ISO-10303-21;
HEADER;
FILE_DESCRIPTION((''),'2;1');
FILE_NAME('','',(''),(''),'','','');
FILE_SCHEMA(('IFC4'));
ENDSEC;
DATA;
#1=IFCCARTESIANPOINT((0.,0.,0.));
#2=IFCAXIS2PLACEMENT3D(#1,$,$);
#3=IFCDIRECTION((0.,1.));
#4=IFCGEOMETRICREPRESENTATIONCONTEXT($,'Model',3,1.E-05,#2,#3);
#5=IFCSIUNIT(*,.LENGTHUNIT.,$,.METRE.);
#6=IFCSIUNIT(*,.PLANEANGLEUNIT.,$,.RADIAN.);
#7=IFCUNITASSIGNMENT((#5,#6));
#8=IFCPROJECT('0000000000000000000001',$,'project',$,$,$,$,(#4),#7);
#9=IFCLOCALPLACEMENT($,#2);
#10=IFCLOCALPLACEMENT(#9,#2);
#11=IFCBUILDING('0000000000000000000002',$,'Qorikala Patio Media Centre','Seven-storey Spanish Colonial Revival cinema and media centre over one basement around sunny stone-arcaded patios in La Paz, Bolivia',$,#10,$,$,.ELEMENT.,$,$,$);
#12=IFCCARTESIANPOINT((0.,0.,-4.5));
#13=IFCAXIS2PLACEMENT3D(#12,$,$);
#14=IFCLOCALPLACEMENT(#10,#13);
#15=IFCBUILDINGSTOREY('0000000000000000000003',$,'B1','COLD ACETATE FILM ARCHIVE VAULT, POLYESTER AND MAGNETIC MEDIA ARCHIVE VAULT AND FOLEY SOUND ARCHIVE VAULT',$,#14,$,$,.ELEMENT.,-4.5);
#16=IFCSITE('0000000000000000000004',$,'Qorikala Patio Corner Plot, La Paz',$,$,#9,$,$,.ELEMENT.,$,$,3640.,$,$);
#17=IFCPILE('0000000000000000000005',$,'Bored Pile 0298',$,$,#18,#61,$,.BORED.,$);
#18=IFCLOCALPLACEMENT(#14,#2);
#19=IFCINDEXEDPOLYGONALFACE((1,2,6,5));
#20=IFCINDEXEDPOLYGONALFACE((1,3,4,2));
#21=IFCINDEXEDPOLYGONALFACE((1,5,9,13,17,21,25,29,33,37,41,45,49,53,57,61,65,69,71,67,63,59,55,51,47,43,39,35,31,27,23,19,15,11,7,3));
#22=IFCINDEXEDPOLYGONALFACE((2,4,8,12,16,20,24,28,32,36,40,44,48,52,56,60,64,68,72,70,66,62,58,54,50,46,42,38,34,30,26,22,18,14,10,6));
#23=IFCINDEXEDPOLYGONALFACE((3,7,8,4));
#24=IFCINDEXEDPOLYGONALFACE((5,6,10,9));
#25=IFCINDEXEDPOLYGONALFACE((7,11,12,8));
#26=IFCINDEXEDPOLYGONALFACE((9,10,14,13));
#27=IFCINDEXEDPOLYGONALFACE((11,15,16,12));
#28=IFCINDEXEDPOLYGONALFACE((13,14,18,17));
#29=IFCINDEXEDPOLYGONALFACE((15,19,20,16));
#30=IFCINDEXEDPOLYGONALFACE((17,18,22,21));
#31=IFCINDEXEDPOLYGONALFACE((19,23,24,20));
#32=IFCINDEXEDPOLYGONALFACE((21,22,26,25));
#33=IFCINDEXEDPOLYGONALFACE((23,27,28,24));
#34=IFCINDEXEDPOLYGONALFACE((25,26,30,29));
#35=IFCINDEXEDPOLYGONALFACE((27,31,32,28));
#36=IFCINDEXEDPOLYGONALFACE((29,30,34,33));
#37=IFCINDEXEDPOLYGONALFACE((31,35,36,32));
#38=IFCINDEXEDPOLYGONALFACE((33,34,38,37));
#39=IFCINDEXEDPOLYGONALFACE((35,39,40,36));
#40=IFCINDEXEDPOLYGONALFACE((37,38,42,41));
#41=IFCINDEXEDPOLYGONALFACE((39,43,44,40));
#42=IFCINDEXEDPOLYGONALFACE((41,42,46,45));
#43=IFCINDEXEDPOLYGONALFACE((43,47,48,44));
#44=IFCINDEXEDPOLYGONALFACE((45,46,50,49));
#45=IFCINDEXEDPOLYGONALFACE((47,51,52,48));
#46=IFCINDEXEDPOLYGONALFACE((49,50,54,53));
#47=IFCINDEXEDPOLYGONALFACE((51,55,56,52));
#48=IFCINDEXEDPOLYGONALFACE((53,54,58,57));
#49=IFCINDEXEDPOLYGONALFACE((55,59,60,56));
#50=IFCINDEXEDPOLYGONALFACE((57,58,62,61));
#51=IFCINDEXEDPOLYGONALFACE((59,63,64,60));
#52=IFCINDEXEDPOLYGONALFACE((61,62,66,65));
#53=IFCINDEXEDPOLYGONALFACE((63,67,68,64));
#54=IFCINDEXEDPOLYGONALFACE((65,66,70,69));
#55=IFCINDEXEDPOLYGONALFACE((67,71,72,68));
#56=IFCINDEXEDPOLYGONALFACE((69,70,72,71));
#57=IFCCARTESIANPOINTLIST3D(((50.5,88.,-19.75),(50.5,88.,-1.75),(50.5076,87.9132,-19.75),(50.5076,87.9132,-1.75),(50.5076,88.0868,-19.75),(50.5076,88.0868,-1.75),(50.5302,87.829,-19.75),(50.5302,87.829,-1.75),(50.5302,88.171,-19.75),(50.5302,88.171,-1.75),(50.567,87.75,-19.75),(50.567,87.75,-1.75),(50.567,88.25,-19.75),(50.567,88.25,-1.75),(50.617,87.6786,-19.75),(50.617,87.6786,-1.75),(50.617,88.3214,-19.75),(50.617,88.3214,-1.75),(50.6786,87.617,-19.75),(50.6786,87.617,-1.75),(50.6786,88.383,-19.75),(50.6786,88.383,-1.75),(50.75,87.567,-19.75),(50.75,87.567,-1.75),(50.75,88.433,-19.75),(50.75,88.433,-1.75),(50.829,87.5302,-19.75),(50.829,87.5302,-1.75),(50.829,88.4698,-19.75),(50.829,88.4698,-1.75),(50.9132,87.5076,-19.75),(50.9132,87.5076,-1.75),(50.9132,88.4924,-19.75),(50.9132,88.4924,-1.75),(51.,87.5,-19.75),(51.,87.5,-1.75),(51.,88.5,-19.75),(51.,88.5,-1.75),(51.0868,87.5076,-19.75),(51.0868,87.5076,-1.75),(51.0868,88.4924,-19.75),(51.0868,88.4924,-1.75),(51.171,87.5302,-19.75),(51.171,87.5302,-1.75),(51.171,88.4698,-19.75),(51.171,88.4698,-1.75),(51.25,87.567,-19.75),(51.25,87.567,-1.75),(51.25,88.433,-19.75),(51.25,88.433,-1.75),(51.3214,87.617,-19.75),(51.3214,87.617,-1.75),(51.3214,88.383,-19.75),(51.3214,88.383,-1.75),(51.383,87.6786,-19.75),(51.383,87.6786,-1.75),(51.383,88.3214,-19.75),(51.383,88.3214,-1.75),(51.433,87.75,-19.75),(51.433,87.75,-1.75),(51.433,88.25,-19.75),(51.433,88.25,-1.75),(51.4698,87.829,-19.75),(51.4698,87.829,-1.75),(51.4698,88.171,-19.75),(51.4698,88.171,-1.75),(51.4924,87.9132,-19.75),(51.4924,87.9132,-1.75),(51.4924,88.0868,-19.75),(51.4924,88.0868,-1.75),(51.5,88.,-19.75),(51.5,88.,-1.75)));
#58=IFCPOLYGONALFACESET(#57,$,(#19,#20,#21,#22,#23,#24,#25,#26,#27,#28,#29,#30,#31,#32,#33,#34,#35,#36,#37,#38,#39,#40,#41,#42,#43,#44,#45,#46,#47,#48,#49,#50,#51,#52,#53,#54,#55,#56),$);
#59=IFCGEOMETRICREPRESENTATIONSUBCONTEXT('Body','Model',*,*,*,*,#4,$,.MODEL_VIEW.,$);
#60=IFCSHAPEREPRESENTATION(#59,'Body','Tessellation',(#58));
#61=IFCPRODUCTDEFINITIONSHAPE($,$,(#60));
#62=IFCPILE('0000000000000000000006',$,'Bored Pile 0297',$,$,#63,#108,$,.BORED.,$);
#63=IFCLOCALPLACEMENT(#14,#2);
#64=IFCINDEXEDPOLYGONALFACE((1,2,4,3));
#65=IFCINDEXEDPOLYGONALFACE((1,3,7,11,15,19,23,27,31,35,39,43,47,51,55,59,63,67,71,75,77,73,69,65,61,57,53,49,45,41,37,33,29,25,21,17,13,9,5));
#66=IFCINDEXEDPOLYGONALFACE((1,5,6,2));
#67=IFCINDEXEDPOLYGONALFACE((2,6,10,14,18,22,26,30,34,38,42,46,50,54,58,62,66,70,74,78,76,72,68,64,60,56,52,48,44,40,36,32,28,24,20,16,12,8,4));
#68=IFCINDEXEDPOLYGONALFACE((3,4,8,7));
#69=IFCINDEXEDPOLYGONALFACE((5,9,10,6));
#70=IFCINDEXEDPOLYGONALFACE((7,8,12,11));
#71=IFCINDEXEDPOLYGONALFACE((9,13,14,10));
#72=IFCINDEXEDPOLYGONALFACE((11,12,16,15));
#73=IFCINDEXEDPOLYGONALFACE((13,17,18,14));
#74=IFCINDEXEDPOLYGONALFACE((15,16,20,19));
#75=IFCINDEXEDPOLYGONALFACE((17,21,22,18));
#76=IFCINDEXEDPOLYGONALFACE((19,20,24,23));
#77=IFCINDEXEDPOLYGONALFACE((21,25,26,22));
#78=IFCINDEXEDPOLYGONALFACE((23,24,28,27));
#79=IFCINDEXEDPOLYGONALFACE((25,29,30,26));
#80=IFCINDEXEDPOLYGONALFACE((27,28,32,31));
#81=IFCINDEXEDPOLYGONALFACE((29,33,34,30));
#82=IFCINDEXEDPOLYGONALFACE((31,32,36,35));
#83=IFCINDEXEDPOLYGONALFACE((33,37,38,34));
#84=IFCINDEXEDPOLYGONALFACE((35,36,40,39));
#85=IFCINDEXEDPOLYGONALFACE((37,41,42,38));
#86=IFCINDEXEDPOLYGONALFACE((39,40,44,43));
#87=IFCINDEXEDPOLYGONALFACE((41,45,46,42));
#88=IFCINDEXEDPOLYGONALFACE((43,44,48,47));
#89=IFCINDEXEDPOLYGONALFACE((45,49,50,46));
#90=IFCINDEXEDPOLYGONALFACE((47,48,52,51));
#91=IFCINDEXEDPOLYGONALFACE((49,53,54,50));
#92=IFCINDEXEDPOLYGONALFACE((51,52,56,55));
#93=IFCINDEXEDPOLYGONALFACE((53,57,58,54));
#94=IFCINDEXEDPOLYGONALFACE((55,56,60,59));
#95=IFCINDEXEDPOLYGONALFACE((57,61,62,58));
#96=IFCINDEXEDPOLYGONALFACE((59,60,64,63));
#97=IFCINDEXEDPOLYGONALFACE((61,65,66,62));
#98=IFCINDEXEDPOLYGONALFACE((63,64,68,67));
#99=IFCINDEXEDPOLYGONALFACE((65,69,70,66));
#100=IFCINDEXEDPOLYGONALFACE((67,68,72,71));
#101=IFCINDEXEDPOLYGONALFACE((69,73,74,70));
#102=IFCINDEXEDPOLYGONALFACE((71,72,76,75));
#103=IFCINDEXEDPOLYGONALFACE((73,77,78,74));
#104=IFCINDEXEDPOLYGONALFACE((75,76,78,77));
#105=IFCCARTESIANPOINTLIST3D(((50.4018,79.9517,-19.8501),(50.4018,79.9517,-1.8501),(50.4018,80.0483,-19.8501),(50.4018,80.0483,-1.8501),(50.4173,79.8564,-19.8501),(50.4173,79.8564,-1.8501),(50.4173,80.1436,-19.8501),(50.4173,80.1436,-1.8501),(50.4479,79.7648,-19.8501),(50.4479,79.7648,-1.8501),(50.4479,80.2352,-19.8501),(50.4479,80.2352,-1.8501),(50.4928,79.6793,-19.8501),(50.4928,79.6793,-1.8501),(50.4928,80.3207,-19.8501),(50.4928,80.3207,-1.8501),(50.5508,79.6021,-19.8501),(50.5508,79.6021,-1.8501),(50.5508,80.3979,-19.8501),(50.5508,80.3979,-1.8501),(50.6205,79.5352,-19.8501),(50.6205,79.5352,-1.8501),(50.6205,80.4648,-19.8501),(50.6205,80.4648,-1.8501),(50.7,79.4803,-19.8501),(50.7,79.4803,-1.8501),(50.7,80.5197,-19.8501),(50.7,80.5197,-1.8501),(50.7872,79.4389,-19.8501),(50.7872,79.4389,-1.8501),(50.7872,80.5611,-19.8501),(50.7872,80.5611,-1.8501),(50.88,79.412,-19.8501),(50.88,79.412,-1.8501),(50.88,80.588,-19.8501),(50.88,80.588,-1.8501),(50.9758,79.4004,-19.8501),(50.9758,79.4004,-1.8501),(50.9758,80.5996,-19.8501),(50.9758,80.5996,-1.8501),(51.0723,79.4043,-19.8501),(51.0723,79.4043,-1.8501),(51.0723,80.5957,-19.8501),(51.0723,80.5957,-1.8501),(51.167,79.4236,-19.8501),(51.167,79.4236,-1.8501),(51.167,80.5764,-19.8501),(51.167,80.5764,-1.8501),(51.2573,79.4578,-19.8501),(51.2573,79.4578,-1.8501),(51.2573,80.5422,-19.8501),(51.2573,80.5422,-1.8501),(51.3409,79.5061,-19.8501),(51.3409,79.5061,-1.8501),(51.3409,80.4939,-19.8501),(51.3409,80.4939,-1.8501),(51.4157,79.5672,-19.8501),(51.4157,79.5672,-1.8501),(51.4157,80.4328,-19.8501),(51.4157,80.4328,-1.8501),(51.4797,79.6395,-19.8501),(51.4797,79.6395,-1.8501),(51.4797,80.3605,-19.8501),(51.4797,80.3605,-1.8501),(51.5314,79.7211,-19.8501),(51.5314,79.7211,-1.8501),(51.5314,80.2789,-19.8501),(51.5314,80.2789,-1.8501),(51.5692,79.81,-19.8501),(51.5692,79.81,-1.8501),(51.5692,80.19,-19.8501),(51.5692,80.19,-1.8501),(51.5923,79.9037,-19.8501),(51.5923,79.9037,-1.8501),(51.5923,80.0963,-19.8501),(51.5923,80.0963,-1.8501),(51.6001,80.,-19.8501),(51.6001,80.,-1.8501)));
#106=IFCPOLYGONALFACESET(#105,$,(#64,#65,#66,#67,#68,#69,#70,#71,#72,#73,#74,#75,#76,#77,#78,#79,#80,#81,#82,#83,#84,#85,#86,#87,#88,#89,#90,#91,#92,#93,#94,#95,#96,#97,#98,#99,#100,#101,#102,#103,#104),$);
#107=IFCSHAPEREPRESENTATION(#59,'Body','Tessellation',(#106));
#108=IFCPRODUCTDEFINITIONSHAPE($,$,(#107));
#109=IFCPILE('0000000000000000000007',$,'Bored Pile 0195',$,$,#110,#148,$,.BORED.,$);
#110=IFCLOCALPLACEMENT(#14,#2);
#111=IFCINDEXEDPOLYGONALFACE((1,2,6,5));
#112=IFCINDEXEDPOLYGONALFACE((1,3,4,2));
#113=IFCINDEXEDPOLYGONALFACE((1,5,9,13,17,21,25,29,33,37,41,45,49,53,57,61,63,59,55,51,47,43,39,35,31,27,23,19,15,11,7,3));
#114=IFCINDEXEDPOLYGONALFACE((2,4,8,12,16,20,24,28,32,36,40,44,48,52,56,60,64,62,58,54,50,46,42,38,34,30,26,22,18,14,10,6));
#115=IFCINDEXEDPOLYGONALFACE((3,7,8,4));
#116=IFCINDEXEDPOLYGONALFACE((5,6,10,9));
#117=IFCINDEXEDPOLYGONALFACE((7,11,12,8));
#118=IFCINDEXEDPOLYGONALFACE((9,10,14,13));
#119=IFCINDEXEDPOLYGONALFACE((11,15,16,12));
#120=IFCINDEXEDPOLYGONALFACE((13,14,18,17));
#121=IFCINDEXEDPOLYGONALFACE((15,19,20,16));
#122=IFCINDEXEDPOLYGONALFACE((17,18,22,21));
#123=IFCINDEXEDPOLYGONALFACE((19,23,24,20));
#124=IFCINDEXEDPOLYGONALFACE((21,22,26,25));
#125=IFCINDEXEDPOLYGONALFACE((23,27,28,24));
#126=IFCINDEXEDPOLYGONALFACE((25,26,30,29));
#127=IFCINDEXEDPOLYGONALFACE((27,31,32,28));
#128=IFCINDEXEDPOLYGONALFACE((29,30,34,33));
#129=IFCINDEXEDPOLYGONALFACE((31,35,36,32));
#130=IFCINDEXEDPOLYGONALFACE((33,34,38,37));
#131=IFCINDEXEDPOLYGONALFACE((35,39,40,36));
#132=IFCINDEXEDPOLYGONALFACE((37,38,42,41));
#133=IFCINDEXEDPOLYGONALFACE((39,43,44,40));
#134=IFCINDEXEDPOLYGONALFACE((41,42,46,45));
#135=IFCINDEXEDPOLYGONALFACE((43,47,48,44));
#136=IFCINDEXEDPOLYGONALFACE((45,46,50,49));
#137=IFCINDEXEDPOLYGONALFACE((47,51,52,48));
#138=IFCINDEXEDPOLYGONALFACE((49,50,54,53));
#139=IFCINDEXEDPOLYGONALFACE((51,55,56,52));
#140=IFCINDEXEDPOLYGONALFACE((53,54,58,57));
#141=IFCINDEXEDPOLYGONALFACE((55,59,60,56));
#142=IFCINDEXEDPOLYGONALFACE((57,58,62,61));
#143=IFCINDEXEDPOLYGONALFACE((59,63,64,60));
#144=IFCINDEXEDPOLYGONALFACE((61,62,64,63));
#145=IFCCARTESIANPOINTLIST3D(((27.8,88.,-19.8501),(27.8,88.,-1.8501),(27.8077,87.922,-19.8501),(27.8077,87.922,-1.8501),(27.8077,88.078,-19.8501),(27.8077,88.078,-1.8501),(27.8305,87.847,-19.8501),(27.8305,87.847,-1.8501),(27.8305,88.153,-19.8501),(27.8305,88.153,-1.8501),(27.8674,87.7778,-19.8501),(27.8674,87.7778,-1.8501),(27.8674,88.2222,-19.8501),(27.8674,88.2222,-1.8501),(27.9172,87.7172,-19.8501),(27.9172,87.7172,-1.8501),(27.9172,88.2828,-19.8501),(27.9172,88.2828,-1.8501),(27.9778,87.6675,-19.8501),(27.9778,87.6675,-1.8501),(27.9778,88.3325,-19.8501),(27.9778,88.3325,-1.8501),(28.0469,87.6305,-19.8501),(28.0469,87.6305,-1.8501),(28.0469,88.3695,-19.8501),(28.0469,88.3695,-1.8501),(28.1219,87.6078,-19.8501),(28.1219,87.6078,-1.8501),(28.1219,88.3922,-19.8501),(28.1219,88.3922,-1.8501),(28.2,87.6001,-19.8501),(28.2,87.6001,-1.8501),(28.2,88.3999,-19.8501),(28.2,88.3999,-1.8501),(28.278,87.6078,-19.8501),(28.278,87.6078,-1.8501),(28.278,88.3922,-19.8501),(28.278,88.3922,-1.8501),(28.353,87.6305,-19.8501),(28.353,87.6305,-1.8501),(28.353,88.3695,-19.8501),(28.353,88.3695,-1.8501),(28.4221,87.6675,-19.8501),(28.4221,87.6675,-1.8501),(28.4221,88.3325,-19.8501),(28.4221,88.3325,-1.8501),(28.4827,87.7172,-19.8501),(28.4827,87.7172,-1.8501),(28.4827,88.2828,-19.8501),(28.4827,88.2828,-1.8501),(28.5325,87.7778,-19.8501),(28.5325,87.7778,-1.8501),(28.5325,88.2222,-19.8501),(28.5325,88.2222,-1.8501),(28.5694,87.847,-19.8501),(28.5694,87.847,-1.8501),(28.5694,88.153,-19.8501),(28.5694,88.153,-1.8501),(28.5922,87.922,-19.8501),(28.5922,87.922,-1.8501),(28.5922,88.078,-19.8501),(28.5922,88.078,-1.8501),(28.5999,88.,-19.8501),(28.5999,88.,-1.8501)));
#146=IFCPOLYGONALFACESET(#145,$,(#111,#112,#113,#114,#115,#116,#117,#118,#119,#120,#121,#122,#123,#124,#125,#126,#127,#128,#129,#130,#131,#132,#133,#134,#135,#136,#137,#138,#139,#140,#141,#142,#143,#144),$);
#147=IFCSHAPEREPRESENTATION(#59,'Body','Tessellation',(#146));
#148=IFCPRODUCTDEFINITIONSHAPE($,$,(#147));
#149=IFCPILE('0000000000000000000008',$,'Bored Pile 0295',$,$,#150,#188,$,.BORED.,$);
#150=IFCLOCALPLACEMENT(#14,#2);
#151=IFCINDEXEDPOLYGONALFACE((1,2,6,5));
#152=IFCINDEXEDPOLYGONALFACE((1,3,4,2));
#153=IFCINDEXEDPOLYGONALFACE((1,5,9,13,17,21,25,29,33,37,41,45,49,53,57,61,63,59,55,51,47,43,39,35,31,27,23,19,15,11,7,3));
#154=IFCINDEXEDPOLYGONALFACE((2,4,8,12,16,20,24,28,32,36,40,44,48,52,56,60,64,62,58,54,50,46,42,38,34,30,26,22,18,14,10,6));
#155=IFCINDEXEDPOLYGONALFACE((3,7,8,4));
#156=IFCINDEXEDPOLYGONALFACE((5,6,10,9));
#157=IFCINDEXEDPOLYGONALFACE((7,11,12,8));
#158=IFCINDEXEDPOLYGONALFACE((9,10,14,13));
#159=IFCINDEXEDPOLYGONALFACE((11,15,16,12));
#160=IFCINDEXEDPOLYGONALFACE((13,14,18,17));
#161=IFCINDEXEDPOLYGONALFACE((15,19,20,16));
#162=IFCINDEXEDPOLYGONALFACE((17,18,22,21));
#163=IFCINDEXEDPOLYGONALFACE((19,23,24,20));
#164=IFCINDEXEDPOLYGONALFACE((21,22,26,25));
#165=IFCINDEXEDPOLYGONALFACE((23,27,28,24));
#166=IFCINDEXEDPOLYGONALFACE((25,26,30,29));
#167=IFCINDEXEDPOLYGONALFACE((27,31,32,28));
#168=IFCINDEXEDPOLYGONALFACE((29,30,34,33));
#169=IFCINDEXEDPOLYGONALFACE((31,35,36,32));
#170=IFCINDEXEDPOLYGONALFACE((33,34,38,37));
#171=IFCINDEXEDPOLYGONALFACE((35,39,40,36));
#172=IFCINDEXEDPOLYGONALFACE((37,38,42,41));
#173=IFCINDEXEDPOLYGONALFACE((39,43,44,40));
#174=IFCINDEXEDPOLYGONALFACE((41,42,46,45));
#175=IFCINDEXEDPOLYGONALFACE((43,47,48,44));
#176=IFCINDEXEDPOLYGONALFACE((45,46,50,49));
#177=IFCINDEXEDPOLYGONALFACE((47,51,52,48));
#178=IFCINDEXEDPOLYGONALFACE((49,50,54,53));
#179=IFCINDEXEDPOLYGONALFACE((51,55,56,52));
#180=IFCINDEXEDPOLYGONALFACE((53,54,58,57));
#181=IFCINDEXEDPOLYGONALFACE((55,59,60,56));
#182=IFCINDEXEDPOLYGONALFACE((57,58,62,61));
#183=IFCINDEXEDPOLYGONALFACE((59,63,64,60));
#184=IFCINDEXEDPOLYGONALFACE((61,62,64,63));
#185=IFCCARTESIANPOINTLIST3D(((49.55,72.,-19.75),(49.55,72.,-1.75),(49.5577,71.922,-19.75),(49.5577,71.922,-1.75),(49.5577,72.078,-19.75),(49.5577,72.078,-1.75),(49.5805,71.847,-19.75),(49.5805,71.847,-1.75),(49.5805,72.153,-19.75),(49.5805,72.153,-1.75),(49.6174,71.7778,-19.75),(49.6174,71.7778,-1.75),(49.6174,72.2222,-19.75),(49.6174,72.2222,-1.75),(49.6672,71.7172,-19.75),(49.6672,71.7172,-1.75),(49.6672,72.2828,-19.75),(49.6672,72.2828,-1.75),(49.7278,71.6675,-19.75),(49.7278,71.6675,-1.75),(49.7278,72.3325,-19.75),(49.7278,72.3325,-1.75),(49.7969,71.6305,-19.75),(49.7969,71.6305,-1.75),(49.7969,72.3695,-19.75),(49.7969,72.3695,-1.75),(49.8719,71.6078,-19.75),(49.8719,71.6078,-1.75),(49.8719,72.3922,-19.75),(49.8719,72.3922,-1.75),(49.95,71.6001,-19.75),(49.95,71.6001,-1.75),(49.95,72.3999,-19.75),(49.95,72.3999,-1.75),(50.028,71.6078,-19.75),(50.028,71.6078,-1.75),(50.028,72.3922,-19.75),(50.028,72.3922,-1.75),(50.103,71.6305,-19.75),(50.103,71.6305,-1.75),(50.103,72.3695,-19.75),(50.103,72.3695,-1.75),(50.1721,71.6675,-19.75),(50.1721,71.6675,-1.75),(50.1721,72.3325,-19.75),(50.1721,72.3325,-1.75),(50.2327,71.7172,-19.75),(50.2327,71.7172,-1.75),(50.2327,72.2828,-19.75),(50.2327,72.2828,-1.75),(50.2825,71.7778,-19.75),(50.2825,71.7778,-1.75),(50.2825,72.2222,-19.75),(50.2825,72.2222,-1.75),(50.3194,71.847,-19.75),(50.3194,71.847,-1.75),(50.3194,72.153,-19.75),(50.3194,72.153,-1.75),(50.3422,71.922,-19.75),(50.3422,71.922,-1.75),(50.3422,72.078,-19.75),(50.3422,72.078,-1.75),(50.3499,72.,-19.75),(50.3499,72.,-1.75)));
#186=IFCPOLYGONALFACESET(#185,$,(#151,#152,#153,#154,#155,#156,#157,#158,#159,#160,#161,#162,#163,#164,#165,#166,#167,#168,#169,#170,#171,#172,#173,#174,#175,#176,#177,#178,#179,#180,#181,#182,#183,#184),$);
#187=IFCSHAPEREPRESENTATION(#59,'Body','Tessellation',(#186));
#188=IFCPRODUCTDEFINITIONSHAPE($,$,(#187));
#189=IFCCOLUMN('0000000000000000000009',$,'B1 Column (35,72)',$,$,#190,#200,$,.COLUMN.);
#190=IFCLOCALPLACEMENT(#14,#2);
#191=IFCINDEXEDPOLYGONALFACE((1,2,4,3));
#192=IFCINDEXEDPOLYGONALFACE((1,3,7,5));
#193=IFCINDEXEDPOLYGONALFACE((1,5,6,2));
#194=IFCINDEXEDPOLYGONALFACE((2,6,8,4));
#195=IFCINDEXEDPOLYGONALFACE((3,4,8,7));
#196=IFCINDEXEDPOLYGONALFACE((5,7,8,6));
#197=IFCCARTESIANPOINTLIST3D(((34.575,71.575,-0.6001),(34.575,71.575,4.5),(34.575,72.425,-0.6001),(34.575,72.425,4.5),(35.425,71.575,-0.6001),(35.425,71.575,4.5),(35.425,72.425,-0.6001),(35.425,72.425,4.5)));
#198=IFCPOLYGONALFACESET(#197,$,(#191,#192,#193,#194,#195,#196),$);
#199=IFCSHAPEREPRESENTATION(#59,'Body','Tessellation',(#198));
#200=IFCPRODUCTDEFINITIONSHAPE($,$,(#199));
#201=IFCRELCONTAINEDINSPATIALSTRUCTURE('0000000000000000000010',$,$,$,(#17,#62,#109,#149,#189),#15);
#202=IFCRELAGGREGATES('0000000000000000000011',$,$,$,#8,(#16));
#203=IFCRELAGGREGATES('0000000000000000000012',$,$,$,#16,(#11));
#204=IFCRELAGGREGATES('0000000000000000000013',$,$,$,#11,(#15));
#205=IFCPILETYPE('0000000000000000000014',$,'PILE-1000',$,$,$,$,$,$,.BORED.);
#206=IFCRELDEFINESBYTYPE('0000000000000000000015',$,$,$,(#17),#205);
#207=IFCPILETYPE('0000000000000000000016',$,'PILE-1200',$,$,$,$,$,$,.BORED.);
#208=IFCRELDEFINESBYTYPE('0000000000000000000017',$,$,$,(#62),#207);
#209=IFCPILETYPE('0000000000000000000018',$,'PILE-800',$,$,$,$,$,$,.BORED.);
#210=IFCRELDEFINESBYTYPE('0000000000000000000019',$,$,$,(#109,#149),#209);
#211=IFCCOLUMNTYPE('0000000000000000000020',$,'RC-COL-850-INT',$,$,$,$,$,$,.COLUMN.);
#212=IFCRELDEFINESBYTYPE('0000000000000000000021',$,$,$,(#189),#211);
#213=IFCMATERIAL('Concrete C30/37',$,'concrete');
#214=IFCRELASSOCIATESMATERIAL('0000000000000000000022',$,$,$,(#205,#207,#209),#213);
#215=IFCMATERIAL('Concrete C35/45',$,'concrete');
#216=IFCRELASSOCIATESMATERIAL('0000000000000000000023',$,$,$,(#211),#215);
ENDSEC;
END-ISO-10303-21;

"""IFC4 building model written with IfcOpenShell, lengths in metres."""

from ifc_helpers import new_model, si_unit, direction, frame, origin, origin_2d, place, context, subcontext, project, spatial, rectangle, circle, extrude, material, material_profile, profile_set, type_object, element, save


model = new_model("IFC4")

# Units and contexts
model_context = context("Model", 3, precision=1e-05, world=origin(), true_north=direction((0.0, 1.0)))
body_context = subcontext(model_context, "Body", "Model", "MODEL_VIEW")
ifc_project = project(units=[si_unit("LENGTHUNIT", "METRE"), si_unit("PLANEANGLEUNIT", "RADIAN")], contexts=[model_context])

# Site, building, storey
site_placement = place(None, origin())
site = spatial("IfcSite", under=ifc_project, at=site_placement, Name="Qorikala Patio Corner Plot, La Paz", CompositionType="ELEMENT", RefElevation=3640.0)
building_placement = place(site_placement, origin())
building = spatial("IfcBuilding", under=site, at=building_placement, Name="Qorikala Patio Media Centre", Description="Seven-storey Spanish Colonial Revival cinema and media centre over one basement around sunny stone-arcaded patios in La Paz, Bolivia", CompositionType="ELEMENT")
storey_placement = place(building_placement, frame((0.0, 0.0, -4.5)))
storey = spatial("IfcBuildingStorey", under=building, at=storey_placement, Name="B1", Description="COLD ACETATE FILM ARCHIVE VAULT, POLYESTER AND MAGNETIC MEDIA ARCHIVE VAULT AND FOLEY SOUND ARCHIVE VAULT", CompositionType="ELEMENT", Elevation=-4.5)

# Shared definitions
ifc_material_1 = material(Name="Concrete C30/37", Category="concrete")

# Piles
ifc_material_profile_1 = material_profile(ifc_material_1, circle(Radius=0.5, at=origin_2d()), Name="BORED PILE 1000")
ifc_profile_set_1 = profile_set([ifc_material_profile_1], Name="Concrete C30/37")
pile_type_1 = type_object("IfcPileType", Name="PILE-1000", PredefinedType="BORED", material=ifc_profile_set_1)
for number, where, z_axis, x_axis, name in (
    (1, (51.0, 88.0, -1.75), (0.0, 0.0, -1.0), (1.0, 0.0, 0.0), "Bored Pile 0298"),
):
    element("IfcPile", number, at=place(storey_placement, frame(where, z_axis=z_axis, x_axis=x_axis)), inside=storey, type_object=pile_type_1, Name=name, PredefinedType="BORED", context=body_context, shape_type="SweptSolid", body=[
        extrude(circle(Radius=0.5, at=origin_2d()), origin(), (0.0, 0.0, 1.0), 18.0),
    ])
ifc_material_profile_2 = material_profile(ifc_material_1, circle(Radius=0.6001, at=origin_2d()), Name="BORED PILE 1200")
ifc_profile_set_2 = profile_set([ifc_material_profile_2], Name="Concrete C30/37")
pile_type_2 = type_object("IfcPileType", Name="PILE-1200", PredefinedType="BORED", material=ifc_profile_set_2)
pile_placement = place(storey_placement, frame((51.0, 80.0, -1.8501), z_axis=(0.0, 0.0, -1.0), x_axis=(1.0, 0.0, 0.0)))
element("IfcPile", 2, at=pile_placement, inside=storey, type_object=pile_type_2, Name="Bored Pile 0297", PredefinedType="BORED", context=body_context, shape_type="SweptSolid", body=[
    extrude(circle(Radius=0.6001, at=origin_2d()), origin(), (0.0, 0.0, 1.0), 18.0),
])
ifc_material_profile_3 = material_profile(ifc_material_1, circle(Radius=0.3999, at=origin_2d()), Name="BORED PILE 800")
ifc_profile_set_3 = profile_set([ifc_material_profile_3], Name="Concrete C30/37")
pile_type_3 = type_object("IfcPileType", Name="PILE-800", PredefinedType="BORED", material=ifc_profile_set_3)
for number, where, z_axis, x_axis, name in (
    (3, (28.2, 88.0, -1.8501), (0.0, 0.0, -1.0), (1.0, 0.0, 0.0), "Bored Pile 0195"),
    (4, (49.95, 72.0, -1.75), (0.0, 0.0, -1.0), (1.0, 0.0, 0.0), "Bored Pile 0295"),
):
    element("IfcPile", number, at=place(storey_placement, frame(where, z_axis=z_axis, x_axis=x_axis)), inside=storey, type_object=pile_type_3, Name=name, PredefinedType="BORED", context=body_context, shape_type="SweptSolid", body=[
        extrude(circle(Radius=0.3999, at=origin_2d()), origin(), (0.0, 0.0, 1.0), 18.0),
    ])

# Column
ifc_material_2 = material(Name="Concrete C35/45", Category="concrete")
ifc_material_profile_4 = material_profile(ifc_material_2, rectangle(XDim=0.8501, YDim=0.8501, at=origin_2d()), Name="RC 850x850")
ifc_profile_set_4 = profile_set([ifc_material_profile_4], Name="Concrete C35/45")
column_type_1 = type_object("IfcColumnType", Name="RC-COL-850-INT", PredefinedType="COLUMN", material=ifc_profile_set_4)
column_placement = place(storey_placement, frame((35.0, 72.0, -0.6001), z_axis=(0.0, 0.0, 1.0), x_axis=(1.0, 0.0, 0.0)))
element("IfcColumn", 5, at=column_placement, inside=storey, type_object=column_type_1, Name="B1 Column (35,72)", PredefinedType="COLUMN", context=body_context, shape_type="SweptSolid", body=[
    extrude(rectangle(XDim=0.8501, YDim=0.8501, at=origin_2d()), origin(), (0.0, 0.0, 1.0), 5.1001),
])

save(model, "model.ifc")
